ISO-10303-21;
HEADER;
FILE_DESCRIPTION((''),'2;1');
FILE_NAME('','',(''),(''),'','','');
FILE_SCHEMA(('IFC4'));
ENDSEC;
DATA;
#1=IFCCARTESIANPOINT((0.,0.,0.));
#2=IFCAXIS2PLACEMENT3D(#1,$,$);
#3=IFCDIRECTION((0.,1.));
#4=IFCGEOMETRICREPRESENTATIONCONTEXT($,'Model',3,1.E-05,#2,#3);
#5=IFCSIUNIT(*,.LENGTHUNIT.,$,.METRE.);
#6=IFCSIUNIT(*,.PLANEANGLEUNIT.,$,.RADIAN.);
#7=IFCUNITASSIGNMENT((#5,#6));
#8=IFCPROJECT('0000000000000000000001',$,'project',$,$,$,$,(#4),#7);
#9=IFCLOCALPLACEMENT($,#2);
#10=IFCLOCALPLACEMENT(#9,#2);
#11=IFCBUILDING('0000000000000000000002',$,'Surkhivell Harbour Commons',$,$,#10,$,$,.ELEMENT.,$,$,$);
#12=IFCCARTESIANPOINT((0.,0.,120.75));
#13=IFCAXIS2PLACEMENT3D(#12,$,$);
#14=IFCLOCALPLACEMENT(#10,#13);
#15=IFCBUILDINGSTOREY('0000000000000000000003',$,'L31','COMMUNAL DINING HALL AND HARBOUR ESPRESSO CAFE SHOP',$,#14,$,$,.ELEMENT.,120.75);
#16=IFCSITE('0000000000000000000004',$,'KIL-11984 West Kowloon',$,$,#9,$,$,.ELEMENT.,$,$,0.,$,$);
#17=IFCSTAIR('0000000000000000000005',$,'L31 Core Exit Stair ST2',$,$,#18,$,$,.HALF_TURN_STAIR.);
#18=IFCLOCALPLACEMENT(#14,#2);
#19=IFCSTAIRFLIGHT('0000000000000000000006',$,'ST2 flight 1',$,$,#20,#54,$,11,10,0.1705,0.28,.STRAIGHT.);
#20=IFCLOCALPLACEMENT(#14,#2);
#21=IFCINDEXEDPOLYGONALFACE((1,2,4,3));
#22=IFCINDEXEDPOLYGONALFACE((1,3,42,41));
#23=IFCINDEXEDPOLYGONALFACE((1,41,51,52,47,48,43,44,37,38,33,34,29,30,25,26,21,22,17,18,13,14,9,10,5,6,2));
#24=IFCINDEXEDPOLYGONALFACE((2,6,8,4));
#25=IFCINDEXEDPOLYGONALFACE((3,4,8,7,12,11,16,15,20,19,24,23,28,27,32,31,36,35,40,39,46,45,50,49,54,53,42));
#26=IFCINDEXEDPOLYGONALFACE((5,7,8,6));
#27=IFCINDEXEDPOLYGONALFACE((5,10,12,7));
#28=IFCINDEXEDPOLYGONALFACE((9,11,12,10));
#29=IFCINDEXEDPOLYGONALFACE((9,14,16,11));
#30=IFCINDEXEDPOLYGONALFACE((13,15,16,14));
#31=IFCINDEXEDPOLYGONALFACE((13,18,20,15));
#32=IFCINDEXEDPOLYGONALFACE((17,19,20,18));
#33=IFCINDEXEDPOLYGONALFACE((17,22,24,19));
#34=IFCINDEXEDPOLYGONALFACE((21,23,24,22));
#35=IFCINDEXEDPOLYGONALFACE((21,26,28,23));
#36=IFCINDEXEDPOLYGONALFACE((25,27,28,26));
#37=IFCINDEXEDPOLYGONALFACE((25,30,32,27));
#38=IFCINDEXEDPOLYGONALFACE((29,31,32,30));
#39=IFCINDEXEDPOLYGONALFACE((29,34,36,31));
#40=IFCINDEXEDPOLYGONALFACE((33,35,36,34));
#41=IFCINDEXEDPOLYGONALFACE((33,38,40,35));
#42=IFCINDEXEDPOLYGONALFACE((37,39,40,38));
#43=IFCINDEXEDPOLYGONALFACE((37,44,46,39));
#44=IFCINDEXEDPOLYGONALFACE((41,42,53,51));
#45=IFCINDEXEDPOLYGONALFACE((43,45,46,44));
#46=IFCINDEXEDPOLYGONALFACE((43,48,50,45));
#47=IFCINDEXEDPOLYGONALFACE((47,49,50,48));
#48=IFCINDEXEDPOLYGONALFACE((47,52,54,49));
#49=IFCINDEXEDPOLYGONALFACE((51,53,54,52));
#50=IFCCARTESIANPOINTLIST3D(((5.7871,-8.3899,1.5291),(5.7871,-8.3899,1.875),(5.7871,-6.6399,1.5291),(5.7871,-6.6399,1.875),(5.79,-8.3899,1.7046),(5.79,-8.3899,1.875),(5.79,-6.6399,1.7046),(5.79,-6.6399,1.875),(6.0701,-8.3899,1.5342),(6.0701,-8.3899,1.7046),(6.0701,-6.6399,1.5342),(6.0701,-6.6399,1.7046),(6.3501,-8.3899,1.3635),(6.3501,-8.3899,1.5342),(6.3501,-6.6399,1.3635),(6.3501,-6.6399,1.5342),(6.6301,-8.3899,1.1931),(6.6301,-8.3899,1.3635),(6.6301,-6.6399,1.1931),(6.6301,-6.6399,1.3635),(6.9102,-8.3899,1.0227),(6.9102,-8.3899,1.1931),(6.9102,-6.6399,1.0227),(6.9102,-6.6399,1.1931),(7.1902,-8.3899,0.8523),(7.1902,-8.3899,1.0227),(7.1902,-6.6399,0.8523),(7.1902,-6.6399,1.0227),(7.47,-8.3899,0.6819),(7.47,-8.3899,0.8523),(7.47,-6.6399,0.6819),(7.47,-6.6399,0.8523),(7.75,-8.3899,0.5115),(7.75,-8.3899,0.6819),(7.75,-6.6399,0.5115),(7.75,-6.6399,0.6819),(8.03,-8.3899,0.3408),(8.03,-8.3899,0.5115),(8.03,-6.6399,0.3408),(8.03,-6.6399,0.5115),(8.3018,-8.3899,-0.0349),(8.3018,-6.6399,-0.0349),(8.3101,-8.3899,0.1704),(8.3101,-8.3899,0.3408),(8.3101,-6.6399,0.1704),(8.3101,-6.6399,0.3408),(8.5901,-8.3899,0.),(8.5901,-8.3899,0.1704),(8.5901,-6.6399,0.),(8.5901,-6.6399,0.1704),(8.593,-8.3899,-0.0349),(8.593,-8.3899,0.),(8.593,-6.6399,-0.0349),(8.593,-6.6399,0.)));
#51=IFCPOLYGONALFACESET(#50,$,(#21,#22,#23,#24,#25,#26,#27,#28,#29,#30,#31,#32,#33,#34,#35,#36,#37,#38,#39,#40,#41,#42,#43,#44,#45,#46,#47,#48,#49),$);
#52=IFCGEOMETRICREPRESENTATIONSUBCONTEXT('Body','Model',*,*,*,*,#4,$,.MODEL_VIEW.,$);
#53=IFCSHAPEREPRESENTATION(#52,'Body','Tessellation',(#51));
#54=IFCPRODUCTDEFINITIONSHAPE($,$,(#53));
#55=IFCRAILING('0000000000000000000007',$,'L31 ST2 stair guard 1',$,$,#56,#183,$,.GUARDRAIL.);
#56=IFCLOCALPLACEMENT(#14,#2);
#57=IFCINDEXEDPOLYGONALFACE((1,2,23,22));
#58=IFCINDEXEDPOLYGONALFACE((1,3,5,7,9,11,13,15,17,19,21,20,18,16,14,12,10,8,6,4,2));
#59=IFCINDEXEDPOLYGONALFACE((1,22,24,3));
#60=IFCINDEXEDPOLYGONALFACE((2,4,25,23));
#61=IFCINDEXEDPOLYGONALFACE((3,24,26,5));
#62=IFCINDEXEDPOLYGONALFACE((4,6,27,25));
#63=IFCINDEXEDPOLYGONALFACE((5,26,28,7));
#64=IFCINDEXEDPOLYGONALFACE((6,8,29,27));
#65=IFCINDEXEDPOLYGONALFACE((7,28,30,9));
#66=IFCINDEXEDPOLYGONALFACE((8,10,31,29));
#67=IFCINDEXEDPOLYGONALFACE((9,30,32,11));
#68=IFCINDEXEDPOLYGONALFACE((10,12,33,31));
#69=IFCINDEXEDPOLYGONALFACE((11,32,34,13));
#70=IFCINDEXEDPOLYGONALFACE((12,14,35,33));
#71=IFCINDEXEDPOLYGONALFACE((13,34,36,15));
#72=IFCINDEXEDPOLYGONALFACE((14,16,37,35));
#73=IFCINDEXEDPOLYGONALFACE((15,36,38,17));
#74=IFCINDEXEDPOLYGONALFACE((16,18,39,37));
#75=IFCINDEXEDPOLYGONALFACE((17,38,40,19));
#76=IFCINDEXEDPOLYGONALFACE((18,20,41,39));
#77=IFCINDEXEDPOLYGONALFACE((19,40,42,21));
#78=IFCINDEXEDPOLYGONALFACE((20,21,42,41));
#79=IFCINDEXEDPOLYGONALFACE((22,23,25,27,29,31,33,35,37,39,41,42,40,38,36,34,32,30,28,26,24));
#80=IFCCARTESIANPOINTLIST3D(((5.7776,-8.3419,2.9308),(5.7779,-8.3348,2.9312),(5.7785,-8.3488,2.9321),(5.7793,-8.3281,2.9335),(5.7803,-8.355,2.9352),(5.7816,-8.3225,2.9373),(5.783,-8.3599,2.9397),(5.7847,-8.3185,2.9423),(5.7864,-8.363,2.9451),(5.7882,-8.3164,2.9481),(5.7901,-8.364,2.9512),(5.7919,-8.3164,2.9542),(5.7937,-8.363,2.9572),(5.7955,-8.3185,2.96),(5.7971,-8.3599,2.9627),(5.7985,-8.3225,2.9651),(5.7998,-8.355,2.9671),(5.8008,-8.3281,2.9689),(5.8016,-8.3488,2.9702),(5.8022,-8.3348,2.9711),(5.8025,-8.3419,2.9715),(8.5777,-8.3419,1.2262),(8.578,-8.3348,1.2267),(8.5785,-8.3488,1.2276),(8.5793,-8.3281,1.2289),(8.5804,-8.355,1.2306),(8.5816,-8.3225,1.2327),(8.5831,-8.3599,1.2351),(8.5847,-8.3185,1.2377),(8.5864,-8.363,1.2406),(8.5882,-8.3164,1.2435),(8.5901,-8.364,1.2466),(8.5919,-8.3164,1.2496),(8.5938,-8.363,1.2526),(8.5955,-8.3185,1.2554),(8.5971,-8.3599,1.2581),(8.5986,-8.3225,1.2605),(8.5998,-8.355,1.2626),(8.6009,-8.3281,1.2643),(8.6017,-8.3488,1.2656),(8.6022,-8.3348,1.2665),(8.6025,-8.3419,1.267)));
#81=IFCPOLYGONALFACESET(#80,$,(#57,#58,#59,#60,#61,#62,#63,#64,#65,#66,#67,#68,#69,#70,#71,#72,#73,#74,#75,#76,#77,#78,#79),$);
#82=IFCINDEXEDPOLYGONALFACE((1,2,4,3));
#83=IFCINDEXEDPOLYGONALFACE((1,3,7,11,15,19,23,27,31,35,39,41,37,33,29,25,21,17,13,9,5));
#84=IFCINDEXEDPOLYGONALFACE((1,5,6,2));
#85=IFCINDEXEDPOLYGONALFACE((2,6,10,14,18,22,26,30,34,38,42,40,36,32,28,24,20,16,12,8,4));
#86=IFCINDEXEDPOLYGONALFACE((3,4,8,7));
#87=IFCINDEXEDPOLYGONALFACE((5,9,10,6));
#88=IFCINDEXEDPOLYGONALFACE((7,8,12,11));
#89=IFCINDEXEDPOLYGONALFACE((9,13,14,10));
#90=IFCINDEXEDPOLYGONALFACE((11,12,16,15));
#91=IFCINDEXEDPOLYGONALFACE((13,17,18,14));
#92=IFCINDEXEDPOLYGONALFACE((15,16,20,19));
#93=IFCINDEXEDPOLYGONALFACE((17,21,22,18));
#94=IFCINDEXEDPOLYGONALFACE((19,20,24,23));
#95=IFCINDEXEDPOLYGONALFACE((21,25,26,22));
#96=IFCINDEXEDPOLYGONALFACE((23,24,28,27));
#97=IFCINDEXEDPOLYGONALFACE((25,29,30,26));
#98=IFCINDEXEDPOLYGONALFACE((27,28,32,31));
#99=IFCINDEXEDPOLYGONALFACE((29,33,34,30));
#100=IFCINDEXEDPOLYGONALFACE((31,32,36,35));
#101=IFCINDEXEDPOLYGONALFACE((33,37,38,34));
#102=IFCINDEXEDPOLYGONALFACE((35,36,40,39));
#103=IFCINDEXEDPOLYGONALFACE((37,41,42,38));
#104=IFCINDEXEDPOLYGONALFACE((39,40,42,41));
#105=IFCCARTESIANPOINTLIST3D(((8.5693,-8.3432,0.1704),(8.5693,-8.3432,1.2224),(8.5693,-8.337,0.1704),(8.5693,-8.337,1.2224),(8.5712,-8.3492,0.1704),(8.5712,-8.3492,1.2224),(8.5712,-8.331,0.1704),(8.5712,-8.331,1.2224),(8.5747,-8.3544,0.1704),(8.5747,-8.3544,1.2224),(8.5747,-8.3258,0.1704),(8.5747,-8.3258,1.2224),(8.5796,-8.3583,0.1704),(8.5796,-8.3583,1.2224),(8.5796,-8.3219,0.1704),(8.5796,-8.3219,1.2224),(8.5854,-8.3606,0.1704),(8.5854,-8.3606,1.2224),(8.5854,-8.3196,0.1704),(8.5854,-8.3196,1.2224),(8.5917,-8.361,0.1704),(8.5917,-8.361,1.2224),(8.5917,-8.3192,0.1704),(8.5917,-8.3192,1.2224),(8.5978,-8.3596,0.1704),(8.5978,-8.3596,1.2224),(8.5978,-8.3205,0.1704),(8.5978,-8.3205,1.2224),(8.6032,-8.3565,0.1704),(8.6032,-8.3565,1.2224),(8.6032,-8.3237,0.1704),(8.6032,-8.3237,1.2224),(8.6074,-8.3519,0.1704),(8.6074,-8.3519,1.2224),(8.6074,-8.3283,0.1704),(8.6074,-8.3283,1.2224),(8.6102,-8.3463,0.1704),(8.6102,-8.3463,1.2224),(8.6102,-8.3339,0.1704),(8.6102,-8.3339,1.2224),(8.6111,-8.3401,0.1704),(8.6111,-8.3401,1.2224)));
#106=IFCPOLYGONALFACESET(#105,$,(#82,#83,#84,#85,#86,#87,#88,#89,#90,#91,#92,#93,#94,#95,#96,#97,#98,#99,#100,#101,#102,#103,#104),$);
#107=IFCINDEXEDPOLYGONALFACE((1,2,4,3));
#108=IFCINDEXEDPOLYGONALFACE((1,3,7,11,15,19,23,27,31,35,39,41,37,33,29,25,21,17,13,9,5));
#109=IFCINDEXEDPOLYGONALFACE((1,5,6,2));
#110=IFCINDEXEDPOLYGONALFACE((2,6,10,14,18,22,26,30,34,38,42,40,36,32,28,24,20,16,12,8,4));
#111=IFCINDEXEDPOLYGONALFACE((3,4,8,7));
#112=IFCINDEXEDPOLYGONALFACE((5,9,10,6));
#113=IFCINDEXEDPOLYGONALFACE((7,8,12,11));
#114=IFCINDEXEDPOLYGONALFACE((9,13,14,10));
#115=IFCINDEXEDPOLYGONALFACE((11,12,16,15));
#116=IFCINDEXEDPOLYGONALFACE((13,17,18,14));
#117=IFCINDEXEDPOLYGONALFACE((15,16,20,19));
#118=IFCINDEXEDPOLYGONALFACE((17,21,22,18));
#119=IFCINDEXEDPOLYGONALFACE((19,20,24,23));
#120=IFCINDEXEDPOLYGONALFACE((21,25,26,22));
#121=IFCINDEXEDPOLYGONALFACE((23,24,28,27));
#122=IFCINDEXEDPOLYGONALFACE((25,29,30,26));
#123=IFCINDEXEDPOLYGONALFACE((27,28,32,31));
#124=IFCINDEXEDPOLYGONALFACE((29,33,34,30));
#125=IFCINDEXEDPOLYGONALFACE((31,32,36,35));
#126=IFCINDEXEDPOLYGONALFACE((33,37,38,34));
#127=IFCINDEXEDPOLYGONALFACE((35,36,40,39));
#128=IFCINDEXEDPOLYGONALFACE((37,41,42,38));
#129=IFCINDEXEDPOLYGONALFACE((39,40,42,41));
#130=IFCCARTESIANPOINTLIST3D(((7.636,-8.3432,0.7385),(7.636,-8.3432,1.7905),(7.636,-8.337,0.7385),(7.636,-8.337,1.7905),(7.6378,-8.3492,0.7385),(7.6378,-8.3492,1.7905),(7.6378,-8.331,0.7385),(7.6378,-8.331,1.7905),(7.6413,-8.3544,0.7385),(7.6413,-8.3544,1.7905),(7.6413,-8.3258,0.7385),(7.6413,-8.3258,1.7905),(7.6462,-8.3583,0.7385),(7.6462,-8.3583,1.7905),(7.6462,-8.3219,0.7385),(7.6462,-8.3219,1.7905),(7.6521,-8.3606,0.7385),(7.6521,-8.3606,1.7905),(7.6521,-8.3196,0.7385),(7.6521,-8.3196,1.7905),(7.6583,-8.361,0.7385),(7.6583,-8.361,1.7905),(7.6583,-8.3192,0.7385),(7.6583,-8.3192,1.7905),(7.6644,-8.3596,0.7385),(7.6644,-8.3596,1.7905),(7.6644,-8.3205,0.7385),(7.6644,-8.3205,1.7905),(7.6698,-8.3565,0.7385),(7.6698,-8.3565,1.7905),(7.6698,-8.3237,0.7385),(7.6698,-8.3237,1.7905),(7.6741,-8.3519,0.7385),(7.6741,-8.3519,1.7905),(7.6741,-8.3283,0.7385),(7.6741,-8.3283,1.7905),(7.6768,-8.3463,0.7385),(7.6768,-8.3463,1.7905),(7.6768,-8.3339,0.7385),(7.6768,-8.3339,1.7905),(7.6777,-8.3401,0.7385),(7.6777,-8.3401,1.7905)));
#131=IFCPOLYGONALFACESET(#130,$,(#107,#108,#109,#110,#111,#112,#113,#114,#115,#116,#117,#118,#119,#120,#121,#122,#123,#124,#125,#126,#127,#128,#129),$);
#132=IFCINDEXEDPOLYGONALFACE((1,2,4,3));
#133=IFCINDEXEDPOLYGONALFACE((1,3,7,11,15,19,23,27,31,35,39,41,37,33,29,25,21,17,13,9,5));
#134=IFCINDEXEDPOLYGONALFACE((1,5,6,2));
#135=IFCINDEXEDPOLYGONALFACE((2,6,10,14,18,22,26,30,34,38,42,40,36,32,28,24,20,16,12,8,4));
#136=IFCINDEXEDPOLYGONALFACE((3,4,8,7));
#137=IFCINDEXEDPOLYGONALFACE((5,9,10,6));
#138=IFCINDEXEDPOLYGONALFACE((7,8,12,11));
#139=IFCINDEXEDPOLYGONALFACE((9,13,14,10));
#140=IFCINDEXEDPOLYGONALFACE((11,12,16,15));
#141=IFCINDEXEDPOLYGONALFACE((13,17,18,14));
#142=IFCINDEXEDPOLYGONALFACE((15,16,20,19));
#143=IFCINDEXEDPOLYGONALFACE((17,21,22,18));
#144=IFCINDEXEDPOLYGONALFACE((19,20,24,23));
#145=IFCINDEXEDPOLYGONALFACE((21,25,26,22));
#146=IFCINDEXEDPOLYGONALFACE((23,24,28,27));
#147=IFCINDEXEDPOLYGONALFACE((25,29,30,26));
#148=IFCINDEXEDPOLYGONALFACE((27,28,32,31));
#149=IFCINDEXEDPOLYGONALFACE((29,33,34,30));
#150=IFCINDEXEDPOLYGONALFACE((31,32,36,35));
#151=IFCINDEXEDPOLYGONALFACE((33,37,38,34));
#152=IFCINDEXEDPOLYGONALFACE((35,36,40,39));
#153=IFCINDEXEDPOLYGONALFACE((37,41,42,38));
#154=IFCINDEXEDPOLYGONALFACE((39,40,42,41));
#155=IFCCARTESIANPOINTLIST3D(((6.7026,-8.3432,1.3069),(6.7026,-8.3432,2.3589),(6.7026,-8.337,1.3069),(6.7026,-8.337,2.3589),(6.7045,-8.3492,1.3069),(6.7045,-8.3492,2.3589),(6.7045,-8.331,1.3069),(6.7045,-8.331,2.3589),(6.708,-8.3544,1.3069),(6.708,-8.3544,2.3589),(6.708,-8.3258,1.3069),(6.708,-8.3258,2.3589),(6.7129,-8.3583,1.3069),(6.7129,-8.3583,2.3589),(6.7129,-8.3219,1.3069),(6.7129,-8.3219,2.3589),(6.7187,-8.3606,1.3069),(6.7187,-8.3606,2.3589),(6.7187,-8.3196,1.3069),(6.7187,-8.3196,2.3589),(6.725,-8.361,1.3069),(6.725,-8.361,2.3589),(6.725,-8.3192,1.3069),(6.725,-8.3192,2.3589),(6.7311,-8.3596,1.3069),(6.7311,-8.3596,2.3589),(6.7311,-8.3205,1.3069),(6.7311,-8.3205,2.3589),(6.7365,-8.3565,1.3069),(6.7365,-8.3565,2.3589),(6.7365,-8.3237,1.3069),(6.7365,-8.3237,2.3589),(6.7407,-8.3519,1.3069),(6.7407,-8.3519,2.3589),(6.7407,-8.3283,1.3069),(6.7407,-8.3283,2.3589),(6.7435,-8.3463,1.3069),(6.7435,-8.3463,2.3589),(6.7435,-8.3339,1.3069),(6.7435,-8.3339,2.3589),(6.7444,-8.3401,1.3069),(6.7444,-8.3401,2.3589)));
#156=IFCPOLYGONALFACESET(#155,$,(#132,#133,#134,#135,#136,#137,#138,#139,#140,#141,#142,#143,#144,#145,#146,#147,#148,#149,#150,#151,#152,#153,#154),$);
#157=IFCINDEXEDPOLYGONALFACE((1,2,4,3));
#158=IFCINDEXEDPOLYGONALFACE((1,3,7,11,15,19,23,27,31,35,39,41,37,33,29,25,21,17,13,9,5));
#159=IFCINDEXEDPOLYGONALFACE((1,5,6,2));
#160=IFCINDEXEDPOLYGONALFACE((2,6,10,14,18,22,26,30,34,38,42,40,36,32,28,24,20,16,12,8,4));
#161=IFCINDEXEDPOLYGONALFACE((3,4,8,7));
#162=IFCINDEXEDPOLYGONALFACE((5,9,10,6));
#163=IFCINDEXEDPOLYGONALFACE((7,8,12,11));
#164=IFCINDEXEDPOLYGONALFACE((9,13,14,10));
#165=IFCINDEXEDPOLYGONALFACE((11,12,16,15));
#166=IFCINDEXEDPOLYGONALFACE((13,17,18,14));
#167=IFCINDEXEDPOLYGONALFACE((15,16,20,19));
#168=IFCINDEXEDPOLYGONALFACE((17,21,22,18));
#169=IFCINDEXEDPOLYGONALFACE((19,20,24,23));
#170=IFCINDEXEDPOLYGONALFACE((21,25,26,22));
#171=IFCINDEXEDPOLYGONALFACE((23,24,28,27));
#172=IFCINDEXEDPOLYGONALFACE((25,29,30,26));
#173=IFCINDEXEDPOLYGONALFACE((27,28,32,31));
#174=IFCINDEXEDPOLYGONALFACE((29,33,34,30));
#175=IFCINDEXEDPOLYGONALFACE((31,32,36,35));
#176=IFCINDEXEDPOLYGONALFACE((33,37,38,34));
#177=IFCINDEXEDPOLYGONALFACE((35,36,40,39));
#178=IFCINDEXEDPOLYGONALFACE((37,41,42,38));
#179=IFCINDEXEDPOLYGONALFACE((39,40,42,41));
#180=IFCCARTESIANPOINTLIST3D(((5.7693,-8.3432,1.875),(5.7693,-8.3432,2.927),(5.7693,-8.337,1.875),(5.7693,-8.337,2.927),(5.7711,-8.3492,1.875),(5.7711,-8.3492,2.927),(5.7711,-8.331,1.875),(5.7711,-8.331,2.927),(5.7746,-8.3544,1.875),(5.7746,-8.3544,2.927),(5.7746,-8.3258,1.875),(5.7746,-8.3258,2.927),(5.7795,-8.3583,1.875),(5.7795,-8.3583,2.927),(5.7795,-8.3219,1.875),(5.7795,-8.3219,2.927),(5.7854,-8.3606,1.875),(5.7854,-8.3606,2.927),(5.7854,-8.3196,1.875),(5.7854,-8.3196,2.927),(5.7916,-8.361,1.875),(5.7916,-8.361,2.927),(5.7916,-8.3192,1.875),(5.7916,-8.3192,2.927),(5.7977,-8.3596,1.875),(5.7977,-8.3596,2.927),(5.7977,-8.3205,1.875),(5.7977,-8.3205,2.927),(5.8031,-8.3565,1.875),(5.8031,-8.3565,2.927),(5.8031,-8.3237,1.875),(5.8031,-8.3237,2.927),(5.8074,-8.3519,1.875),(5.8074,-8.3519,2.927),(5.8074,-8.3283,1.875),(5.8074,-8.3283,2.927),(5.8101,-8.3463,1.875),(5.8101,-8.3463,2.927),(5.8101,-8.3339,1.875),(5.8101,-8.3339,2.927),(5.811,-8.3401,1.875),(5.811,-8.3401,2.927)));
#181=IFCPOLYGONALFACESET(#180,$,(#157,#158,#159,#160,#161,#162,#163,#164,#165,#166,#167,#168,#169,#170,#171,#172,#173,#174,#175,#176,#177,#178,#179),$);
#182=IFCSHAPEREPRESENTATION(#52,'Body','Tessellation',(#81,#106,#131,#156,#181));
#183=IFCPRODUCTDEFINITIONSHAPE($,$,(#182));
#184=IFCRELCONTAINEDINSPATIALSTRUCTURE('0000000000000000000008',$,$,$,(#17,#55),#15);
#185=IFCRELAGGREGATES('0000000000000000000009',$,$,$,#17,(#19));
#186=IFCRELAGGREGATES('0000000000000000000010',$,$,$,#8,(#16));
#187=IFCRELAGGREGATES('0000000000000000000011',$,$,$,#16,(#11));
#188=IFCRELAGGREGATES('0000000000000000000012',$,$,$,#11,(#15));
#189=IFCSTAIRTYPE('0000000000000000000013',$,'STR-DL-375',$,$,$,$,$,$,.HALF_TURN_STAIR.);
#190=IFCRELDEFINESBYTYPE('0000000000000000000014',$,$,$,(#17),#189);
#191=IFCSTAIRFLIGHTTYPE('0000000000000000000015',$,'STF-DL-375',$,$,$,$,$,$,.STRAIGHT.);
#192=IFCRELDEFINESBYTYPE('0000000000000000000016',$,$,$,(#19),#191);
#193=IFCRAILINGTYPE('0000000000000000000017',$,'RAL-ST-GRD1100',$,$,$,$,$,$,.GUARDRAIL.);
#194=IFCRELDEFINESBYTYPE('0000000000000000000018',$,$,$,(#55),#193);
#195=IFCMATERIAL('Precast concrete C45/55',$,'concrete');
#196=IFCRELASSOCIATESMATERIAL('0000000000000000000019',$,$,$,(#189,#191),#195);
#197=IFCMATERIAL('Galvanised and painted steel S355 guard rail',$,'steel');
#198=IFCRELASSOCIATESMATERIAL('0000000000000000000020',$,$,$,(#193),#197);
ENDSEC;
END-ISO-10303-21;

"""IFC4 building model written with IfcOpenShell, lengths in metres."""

from ifc_helpers import new_model, si_unit, direction, frame, origin, origin_2d, place, context, subcontext, project, spatial, polyline, circle, outline, extrude, material, type_object, element, aggregate, save


model = new_model("IFC4")

# Units and contexts
model_context = context("Model", 3, precision=1e-05, world=origin(), true_north=direction((0.0, 1.0)))
body_context = subcontext(model_context, "Body", "Model", "MODEL_VIEW")
ifc_project = project(units=[si_unit("LENGTHUNIT", "METRE"), si_unit("PLANEANGLEUNIT", "RADIAN")], contexts=[model_context])

# Site, building, storey
site_placement = place(None, origin())
site = spatial("IfcSite", under=ifc_project, at=site_placement, Name="KIL-11984 West Kowloon", CompositionType="ELEMENT", RefElevation=0.0)
building_placement = place(site_placement, origin())
building = spatial("IfcBuilding", under=site, at=building_placement, Name="Surkhivell Harbour Commons", CompositionType="ELEMENT")
storey_placement = place(building_placement, frame((0.0, 0.0, 120.75)))
storey = spatial("IfcBuildingStorey", under=building, at=storey_placement, Name="L31", Description="COMMUNAL DINING HALL AND HARBOUR ESPRESSO CAFE SHOP", CompositionType="ELEMENT", Elevation=120.75)

# Stair, stair flight
ifc_material_1 = material(Name="Precast concrete C45/55", Category="concrete")
stair_type = type_object("IfcStairType", Name="STR-DL-375", PredefinedType="HALF_TURN_STAIR", material=ifc_material_1)
stair_placement = place(storey_placement, origin())
stair = element("IfcStair", 1, at=stair_placement, inside=storey, type_object=stair_type, Name="L31 Core Exit Stair ST2", PredefinedType="HALF_TURN_STAIR")
stair_flight_type = type_object("IfcStairFlightType", Name="STF-DL-375", PredefinedType="STRAIGHT", material=ifc_material_1)
stair_flight_placement = place(storey_placement, frame((8.5901, -7.5149, 0.0), z_axis=(0.0, 0.0, 1.0), x_axis=(-1.0, 0.0, 0.0)))
stair_flight = element("IfcStairFlight", 2, at=stair_flight_placement, type_object=stair_flight_type, Name="ST2 flight 1", NumberOfRisers=11, NumberOfTreads=10, PredefinedType="STRAIGHT", RiserHeight=0.1705, TreadLength=0.28, context=body_context, shape_type="SweptSolid", body=[
    extrude(outline(polyline([(-0.0029, -0.0349), (-0.0029, 0.0), (0.0, 0.0), (0.0, 0.1704), (0.28, 0.1704), (0.28, 0.3408), (0.5601, 0.3408), (0.5601, 0.5115), (0.8401, 0.5115), (0.8401, 0.6819), (1.1201, 0.6819), (1.1201, 0.8523), (1.3999, 0.8523), (1.3999, 1.0227), (1.6799, 1.0227), (1.6799, 1.1931), (1.96, 1.1931), (1.96, 1.3635), (2.24, 1.3635), (2.24, 1.5342), (2.52, 1.5342), (2.52, 1.7046), (2.8, 1.7046), (2.8, 1.875), (2.803, 1.875), (2.803, 1.5291), (0.2883, -0.0349), (-0.0029, -0.0349)])), frame((0.0, 0.875, 0.0), z_axis=(0.0, -1.0, 0.0), x_axis=(1.0, 0.0, 0.0)), (0.0, 0.0, 1.0), 1.75),
])
aggregate(stair, [stair_flight])

# Railing
ifc_material_2 = material(Name="Galvanised and painted steel S355 guard rail", Category="steel")
railing_type = type_object("IfcRailingType", Name="RAL-ST-GRD1100", PredefinedType="GUARDRAIL", material=ifc_material_2)
railing_1_placement = place(storey_placement, frame((8.5901, -8.3401, 0.1704)))
element("IfcRailing", 3, at=railing_1_placement, inside=storey, type_object=railing_type, Name="L31 ST2 stair guard 1", PredefinedType="GUARDRAIL", context=body_context, shape_type="SweptSolid", body=[
    extrude(circle(Radius=0.0239, at=origin_2d()), frame((0.0, 0.0, 1.0762), z_axis=(-0.85417, 0.0, 0.519994), x_axis=(0.0, -1.0, 0.0)), (0.0, 0.0, 1.0), 3.2781),
    extrude(circle(Radius=0.021, at=origin_2d()), origin(), (0.0, 0.0, 1.0), 1.052),
    extrude(circle(Radius=0.021, at=origin_2d()), frame((-0.9333, 0.0, 0.5681)), (0.0, 0.0, 1.0), 1.052),
    extrude(circle(Radius=0.021, at=origin_2d()), frame((-1.8667, 0.0, 1.1365)), (0.0, 0.0, 1.0), 1.052),
    extrude(circle(Radius=0.021, at=origin_2d()), frame((-2.8, 0.0, 1.7046)), (0.0, 0.0, 1.0), 1.052),
])

save(model, "model.ifc")
